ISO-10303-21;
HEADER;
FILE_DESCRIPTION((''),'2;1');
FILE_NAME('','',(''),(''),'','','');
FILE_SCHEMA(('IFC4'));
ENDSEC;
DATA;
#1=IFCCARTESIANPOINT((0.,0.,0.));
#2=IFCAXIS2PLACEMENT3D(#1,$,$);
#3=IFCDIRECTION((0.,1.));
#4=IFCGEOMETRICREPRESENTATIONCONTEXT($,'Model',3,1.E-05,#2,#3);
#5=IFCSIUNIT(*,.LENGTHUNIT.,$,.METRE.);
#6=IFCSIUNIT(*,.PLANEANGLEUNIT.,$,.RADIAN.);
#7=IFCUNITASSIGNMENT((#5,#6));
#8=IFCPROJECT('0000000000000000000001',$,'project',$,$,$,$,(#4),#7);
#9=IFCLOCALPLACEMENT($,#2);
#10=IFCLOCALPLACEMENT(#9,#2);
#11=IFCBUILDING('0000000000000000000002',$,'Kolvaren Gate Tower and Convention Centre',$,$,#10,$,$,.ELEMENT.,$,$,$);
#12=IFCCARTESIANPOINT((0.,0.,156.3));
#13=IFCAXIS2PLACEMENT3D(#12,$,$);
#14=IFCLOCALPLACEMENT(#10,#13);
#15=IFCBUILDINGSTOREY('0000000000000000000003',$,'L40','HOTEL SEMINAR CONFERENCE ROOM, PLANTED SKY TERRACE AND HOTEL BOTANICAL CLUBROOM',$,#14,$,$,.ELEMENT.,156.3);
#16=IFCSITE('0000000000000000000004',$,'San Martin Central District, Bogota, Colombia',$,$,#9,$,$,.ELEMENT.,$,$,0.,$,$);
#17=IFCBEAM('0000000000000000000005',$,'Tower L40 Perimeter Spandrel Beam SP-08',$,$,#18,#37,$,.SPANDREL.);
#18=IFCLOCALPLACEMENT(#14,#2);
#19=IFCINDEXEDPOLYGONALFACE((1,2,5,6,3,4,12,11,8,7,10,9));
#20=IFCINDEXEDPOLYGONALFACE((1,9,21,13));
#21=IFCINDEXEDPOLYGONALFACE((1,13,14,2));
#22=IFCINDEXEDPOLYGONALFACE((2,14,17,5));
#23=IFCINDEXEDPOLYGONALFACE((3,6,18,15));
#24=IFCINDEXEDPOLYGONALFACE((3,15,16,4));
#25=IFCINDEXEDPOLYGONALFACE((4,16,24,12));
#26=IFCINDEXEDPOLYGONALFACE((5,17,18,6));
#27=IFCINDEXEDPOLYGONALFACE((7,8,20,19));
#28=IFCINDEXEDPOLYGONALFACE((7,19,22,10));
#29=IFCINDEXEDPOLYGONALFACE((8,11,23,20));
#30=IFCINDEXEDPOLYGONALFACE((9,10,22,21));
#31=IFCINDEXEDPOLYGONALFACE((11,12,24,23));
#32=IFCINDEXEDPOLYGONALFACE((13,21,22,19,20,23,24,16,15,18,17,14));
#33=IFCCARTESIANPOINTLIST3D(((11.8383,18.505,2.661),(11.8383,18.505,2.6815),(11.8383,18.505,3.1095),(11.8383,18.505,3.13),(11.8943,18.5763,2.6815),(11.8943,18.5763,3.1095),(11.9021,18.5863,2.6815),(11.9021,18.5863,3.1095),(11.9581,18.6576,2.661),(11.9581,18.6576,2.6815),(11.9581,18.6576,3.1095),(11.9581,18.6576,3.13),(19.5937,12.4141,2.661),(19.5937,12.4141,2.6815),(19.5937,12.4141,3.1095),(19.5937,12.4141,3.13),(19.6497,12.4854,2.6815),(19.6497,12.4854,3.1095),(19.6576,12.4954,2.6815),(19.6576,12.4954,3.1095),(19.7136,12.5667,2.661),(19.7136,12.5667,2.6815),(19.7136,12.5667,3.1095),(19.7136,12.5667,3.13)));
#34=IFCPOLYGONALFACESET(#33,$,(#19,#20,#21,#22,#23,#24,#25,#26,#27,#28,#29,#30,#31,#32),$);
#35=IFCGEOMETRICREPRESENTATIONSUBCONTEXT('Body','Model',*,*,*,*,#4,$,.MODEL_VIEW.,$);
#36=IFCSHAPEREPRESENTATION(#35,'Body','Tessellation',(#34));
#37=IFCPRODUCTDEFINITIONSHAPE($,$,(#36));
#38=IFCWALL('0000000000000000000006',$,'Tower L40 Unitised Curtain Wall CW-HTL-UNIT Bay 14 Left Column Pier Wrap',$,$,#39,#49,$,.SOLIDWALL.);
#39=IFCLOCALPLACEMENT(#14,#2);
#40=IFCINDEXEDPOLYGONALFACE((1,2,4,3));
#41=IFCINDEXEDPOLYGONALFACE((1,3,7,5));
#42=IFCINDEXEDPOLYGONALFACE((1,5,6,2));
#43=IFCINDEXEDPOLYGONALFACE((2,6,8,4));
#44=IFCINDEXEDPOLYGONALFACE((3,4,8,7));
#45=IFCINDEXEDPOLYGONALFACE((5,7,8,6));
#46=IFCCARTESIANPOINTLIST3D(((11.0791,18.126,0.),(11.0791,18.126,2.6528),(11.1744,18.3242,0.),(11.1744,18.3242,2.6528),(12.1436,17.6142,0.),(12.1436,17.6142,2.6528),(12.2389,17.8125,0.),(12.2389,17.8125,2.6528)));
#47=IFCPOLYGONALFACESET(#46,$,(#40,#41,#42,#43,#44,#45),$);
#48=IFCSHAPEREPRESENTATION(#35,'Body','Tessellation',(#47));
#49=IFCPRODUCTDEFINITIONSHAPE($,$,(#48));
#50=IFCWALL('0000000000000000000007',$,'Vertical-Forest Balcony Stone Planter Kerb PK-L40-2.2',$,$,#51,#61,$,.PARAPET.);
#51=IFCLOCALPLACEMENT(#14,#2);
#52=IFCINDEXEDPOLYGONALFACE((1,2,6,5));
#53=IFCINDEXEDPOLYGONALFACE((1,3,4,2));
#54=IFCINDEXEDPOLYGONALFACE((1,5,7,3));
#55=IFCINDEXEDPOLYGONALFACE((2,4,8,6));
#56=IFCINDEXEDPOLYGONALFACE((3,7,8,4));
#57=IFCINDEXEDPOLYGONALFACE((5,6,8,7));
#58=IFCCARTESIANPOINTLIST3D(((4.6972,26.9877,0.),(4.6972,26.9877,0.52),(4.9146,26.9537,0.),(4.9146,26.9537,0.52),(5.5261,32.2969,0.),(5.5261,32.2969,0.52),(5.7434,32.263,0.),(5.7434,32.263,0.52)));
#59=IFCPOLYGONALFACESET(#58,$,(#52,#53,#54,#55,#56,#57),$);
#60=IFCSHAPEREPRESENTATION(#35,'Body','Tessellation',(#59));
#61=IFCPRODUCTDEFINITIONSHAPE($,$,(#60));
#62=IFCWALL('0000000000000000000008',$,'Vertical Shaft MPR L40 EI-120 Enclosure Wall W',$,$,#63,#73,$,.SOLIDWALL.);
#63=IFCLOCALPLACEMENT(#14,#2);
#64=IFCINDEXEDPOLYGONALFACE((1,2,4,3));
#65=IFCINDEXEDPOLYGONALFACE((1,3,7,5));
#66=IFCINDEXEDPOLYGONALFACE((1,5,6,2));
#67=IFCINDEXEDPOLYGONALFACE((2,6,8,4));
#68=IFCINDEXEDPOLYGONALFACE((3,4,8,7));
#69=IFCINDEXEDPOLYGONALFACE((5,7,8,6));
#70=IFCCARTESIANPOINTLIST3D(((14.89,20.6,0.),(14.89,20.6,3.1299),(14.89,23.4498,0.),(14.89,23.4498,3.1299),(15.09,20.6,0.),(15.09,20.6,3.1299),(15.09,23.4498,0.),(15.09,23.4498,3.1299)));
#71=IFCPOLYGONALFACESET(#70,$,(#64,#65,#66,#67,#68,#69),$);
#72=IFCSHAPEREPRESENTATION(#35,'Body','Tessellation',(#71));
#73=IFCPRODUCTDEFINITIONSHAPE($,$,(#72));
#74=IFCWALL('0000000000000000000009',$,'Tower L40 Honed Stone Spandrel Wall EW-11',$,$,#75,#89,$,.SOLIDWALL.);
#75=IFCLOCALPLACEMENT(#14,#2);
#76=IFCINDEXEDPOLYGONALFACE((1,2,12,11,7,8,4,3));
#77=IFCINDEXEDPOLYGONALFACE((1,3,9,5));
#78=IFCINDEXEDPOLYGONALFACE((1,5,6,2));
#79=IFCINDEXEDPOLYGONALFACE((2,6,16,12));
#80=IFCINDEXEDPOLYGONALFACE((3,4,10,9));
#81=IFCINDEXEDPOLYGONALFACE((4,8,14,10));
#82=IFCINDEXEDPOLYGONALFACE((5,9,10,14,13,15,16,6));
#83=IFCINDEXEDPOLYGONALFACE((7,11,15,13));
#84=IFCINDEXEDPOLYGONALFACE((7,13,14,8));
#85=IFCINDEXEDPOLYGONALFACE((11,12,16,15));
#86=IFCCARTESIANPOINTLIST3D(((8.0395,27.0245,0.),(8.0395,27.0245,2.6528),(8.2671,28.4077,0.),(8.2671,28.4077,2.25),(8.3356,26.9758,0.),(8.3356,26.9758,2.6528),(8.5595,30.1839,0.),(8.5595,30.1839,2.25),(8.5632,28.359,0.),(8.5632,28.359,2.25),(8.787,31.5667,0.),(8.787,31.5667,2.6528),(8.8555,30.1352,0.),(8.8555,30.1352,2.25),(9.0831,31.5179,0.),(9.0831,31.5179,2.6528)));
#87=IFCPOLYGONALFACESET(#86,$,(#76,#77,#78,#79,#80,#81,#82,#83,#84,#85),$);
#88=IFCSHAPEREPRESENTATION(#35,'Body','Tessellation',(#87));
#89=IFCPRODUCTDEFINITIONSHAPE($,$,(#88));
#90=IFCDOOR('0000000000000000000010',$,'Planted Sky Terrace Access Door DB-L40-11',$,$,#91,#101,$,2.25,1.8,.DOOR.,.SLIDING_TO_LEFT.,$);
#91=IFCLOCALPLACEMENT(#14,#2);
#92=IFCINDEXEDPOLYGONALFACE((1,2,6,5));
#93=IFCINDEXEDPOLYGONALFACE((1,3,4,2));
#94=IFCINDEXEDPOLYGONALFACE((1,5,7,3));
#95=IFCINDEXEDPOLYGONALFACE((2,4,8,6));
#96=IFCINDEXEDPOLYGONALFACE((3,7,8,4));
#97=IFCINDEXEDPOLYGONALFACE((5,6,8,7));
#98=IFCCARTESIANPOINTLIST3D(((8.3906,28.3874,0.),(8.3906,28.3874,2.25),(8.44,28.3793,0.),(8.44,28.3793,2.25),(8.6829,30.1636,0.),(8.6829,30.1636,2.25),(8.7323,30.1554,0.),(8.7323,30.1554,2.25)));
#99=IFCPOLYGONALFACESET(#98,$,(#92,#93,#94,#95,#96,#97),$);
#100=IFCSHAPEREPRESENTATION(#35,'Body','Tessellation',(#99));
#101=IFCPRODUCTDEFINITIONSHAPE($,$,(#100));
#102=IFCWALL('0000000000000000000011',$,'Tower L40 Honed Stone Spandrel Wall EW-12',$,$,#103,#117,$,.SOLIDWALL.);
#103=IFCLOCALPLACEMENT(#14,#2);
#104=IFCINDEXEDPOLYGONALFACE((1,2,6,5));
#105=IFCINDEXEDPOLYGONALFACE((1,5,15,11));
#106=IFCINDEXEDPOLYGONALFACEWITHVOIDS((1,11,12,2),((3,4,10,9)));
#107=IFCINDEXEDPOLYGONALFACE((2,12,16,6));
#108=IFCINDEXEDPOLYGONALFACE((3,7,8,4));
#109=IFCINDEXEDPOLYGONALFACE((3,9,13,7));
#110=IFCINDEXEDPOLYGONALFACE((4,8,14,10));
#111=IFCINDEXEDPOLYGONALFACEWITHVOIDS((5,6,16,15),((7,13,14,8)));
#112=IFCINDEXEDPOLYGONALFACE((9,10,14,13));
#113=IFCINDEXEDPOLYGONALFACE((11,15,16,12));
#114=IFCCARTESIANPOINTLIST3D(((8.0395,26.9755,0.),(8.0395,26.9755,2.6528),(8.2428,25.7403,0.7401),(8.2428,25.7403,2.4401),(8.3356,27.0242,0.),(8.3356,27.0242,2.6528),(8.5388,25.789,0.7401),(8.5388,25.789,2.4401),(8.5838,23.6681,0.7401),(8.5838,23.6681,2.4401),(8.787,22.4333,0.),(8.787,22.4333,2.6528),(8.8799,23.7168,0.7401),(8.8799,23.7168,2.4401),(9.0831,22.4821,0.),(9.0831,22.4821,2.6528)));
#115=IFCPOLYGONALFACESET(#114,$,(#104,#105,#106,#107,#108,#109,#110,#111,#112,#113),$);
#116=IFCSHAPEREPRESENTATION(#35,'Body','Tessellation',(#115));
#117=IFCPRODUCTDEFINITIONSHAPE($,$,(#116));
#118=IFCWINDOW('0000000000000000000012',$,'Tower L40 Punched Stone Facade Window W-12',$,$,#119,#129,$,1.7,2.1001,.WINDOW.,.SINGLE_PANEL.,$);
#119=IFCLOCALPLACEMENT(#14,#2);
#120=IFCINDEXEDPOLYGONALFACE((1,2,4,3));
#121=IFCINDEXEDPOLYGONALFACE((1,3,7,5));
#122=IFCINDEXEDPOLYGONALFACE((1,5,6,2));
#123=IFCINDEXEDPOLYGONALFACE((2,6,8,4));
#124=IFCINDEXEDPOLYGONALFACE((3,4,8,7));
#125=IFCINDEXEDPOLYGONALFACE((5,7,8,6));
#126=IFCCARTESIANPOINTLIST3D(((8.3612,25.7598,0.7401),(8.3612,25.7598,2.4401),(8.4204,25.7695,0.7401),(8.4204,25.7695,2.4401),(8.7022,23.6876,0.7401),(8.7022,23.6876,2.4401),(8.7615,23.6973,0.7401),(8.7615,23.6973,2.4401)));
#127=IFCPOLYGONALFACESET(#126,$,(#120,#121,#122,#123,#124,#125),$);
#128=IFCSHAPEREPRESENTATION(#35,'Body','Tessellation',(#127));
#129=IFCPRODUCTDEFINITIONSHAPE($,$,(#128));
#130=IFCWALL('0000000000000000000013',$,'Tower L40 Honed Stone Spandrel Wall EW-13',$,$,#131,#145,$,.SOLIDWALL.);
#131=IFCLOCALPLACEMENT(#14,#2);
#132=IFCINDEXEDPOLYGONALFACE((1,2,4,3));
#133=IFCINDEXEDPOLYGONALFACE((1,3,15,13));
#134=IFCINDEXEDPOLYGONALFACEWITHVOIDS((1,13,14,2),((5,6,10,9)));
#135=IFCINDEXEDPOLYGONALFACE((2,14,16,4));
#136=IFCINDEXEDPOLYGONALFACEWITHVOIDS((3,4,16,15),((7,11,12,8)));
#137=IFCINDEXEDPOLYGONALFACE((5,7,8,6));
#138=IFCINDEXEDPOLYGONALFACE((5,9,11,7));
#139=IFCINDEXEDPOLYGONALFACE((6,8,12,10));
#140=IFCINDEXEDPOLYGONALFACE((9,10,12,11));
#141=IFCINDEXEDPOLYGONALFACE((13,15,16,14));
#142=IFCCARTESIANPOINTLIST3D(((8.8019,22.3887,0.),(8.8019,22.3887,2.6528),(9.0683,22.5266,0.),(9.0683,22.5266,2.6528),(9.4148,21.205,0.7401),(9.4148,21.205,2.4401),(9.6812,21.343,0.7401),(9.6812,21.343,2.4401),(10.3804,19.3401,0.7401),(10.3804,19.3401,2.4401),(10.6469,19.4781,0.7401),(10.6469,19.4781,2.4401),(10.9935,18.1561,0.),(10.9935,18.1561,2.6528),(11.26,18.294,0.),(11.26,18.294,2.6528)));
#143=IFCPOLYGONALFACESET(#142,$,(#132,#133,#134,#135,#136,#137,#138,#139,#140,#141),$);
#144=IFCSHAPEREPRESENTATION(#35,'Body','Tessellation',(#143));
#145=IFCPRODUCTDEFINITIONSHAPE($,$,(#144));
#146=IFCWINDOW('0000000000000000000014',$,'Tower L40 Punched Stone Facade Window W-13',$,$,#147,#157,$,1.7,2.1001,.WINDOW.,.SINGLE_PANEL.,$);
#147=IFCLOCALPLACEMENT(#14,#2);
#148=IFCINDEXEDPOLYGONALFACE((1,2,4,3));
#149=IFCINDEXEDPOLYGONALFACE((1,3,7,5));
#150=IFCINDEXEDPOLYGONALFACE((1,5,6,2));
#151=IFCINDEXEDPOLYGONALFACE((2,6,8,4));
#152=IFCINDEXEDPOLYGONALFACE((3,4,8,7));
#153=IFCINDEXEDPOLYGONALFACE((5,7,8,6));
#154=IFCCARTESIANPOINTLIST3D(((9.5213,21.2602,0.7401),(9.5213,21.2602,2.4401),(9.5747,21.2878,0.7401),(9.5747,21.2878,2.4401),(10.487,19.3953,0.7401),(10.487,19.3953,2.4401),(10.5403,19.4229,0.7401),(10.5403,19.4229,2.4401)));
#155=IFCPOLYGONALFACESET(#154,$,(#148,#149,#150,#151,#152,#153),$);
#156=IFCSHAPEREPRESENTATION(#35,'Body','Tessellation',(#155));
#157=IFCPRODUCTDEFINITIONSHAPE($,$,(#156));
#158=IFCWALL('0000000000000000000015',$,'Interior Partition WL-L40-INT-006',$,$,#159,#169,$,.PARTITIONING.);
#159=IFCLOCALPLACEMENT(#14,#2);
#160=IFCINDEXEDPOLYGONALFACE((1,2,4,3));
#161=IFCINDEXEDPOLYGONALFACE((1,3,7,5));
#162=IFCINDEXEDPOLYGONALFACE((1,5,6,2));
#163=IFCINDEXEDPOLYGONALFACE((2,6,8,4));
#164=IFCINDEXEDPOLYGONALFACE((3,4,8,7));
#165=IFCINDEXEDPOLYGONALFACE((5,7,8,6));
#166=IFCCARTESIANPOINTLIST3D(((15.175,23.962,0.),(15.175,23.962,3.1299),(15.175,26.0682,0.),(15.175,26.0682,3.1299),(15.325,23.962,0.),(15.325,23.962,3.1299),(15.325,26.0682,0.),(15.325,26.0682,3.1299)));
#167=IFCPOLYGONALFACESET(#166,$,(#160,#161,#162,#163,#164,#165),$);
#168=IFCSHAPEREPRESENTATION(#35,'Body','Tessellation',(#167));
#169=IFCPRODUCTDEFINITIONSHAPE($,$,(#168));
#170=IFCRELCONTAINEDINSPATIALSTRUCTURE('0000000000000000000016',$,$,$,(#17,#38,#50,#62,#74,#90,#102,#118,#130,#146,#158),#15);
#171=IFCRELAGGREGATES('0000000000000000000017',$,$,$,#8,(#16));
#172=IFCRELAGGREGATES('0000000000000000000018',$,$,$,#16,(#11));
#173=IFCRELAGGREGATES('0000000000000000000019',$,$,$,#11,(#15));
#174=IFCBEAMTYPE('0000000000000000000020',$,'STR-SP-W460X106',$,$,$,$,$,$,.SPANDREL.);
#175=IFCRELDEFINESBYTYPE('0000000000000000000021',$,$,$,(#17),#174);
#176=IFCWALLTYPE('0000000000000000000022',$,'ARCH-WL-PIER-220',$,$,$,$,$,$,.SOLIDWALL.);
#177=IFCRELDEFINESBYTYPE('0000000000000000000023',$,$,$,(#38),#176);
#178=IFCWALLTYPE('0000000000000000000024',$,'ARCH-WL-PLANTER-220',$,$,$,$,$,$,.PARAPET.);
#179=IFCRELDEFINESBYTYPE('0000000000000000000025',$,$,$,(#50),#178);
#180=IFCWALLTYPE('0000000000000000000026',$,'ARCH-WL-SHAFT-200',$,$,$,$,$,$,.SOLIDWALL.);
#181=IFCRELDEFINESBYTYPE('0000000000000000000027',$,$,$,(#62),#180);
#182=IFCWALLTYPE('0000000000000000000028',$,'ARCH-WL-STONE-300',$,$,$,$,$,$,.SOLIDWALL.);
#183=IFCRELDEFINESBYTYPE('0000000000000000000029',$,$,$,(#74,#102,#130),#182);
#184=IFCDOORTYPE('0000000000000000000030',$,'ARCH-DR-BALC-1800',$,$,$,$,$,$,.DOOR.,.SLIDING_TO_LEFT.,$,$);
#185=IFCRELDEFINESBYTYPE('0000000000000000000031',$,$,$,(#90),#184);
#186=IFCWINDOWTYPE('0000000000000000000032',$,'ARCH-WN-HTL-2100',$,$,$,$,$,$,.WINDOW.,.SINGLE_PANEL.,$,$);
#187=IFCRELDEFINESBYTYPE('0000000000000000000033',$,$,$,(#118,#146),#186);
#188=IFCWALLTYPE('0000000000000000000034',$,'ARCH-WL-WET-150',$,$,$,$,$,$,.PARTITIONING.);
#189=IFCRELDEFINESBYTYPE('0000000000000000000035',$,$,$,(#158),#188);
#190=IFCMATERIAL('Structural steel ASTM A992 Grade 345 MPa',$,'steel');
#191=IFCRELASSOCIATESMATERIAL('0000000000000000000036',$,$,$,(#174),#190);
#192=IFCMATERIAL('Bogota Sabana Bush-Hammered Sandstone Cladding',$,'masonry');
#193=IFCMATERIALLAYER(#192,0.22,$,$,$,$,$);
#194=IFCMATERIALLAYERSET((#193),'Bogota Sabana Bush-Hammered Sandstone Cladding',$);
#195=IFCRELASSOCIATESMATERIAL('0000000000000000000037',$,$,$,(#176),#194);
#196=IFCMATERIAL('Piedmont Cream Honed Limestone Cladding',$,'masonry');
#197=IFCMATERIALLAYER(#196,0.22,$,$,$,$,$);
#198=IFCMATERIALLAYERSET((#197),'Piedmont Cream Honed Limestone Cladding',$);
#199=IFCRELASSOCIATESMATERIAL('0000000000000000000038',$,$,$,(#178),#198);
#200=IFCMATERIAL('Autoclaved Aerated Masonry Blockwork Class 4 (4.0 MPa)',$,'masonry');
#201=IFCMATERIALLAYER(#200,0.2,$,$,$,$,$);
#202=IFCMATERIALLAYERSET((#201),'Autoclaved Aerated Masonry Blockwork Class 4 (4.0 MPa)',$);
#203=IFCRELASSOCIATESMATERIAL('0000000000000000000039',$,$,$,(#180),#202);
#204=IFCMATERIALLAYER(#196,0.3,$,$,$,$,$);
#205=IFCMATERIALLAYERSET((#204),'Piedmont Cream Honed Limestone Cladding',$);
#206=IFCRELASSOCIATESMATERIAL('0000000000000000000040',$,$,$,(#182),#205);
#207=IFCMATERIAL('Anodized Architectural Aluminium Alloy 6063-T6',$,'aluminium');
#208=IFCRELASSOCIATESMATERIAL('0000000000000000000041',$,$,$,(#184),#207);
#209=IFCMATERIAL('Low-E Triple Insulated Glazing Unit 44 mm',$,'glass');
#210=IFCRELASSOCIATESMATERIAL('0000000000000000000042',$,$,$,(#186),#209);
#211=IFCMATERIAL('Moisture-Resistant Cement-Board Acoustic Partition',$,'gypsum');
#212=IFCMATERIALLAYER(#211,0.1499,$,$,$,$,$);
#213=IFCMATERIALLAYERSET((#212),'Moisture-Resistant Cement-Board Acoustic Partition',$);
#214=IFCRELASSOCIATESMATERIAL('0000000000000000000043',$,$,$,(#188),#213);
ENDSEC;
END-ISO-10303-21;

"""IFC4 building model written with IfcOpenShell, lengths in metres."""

from ifc_helpers import new_model, si_unit, direction, frame, frame_2d, origin, origin_2d, place, context, subcontext, project, spatial, rectangle, i_section, extrude, material, layer, layer_set, material_profile, profile_set, type_object, element, fill, save


model = new_model("IFC4")

# Units and contexts
model_context = context("Model", 3, precision=1e-05, world=origin(), true_north=direction((0.0, 1.0)))
body_context = subcontext(model_context, "Body", "Model", "MODEL_VIEW")
ifc_project = project(units=[si_unit("LENGTHUNIT", "METRE"), si_unit("PLANEANGLEUNIT", "RADIAN")], contexts=[model_context])

# Site, building, storey
site_placement = place(None, origin())
site = spatial("IfcSite", under=ifc_project, at=site_placement, Name="San Martin Central District, Bogota, Colombia", CompositionType="ELEMENT", RefElevation=0.0)
building_placement = place(site_placement, origin())
building = spatial("IfcBuilding", under=site, at=building_placement, Name="Kolvaren Gate Tower and Convention Centre", CompositionType="ELEMENT")
storey_placement = place(building_placement, frame((0.0, 0.0, 156.3)))
storey = spatial("IfcBuildingStorey", under=building, at=storey_placement, Name="L40", Description="HOTEL SEMINAR CONFERENCE ROOM, PLANTED SKY TERRACE AND HOTEL BOTANICAL CLUBROOM", CompositionType="ELEMENT", Elevation=156.3)

# Shared definitions
ifc_material_1 = material(Name="Anodized Architectural Aluminium Alloy 6063-T6", Category="aluminium")

# Beam
ifc_material_2 = material(Name="Structural steel ASTM A992 Grade 345 MPa", Category="steel")
ifc_material_profile_1 = material_profile(ifc_material_2, i_section(OverallWidth=0.1941, OverallDepth=0.469, WebThickness=0.0127, FlangeThickness=0.0205, at=origin_2d()), Name="W460X106")
ifc_profile_set_1 = profile_set([ifc_material_profile_1], Name="Structural steel ASTM A992 Grade 345 MPa")
beam_type_1 = type_object("IfcBeamType", Name="STR-SP-W460X106", PredefinedType="SPANDREL", material=ifc_profile_set_1)
beam_1_placement = place(storey_placement, frame((11.8982, 18.5813, 2.8955), z_axis=(0.786451, -0.617653, 0.0), x_axis=(0.617653, 0.786451, 0.0)))
element("IfcBeam", 1, at=beam_1_placement, inside=storey, type_object=beam_type_1, Name="Tower L40 Perimeter Spandrel Beam SP-08", PredefinedType="SPANDREL", context=body_context, shape_type="SweptSolid", body=[
    extrude(i_section(OverallWidth=0.1941, OverallDepth=0.469, WebThickness=0.0127, FlangeThickness=0.0205, at=origin_2d()), origin(), (0.0, 0.0, 1.0), 9.8613),
])

# Walls
ifc_material_3 = material(Name="Bogota Sabana Bush-Hammered Sandstone Cladding", Category="masonry")
ifc_layer_1 = layer(ifc_material_3, 0.22)
ifc_layer_set_1 = layer_set([ifc_layer_1], Name="Bogota Sabana Bush-Hammered Sandstone Cladding")
wall_type_1 = type_object("IfcWallType", Name="ARCH-WL-PIER-220", PredefinedType="SOLIDWALL", material=ifc_layer_set_1)
wall_1_placement = place(storey_placement, frame((11.1267, 18.2251, 0.0), z_axis=(0.0, 0.0, 1.0), x_axis=(0.901265, -0.433269, 0.0)))
element("IfcWall", 2, at=wall_1_placement, inside=storey, type_object=wall_type_1, Name="Tower L40 Unitised Curtain Wall CW-HTL-UNIT Bay 14 Left Column Pier Wrap", PredefinedType="SOLIDWALL", context=body_context, shape_type="SweptSolid", body=[
    extrude(rectangle(XDim=1.1812, YDim=0.22, at=frame_2d((0.5906, 0.0))), origin(), (0.0, 0.0, 1.0), 2.6528),
])
ifc_material_4 = material(Name="Piedmont Cream Honed Limestone Cladding", Category="masonry")
ifc_layer_2 = layer(ifc_material_4, 0.22)
ifc_layer_set_2 = layer_set([ifc_layer_2], Name="Piedmont Cream Honed Limestone Cladding")
wall_type_2 = type_object("IfcWallType", Name="ARCH-WL-PLANTER-220", PredefinedType="PARAPET", material=ifc_layer_set_2)
wall_2_placement = place(storey_placement, frame((4.8059, 26.9707, 0.0), z_axis=(0.0, 0.0, 1.0), x_axis=(0.154245, 0.988033, 0.0)))
element("IfcWall", 3, at=wall_2_placement, inside=storey, type_object=wall_type_2, Name="Vertical-Forest Balcony Stone Planter Kerb PK-L40-2.2", PredefinedType="PARAPET", context=body_context, shape_type="SweptSolid", body=[
    extrude(rectangle(XDim=5.3735, YDim=0.22, at=frame_2d((2.6868, 0.0))), origin(), (0.0, 0.0, 1.0), 0.52),
])
ifc_material_5 = material(Name="Autoclaved Aerated Masonry Blockwork Class 4 (4.0 MPa)", Category="masonry")
ifc_layer_3 = layer(ifc_material_5, 0.2)
ifc_layer_set_3 = layer_set([ifc_layer_3], Name="Autoclaved Aerated Masonry Blockwork Class 4 (4.0 MPa)")
wall_type_3 = type_object("IfcWallType", Name="ARCH-WL-SHAFT-200", PredefinedType="SOLIDWALL", material=ifc_layer_set_3)
wall_3_placement = place(storey_placement, frame((14.99, 20.6001, 0.0), z_axis=(0.0, 0.0, 1.0), x_axis=(0.0, 1.0, 0.0)))
element("IfcWall", 4, at=wall_3_placement, inside=storey, type_object=wall_type_3, Name="Vertical Shaft MPR L40 EI-120 Enclosure Wall W", PredefinedType="SOLIDWALL", context=body_context, shape_type="SweptSolid", body=[
    extrude(rectangle(XDim=2.8499, YDim=0.2, at=frame_2d((1.4248, 0.0))), origin(), (0.0, 0.0, 1.0), 3.1299),
])

# Wall, opening, door
ifc_layer_4 = layer(ifc_material_4, 0.3)
ifc_layer_set_4 = layer_set([ifc_layer_4], Name="Piedmont Cream Honed Limestone Cladding")
wall_type_4 = type_object("IfcWallType", Name="ARCH-WL-STONE-300", PredefinedType="SOLIDWALL", material=ifc_layer_set_4)
wall_4_placement = place(storey_placement, frame((8.1875, 27.0, 0.0), z_axis=(0.0, 0.0, 1.0), x_axis=(0.162395, 0.986726, 0.0)))
wall_4 = element("IfcWall", 5, at=wall_4_placement, inside=storey, type_object=wall_type_4, Name="Tower L40 Honed Stone Spandrel Wall EW-11", PredefinedType="SOLIDWALL", context=body_context, shape_type="SweptSolid", body=[
    extrude(rectangle(XDim=4.6033, YDim=0.3, at=frame_2d((2.3018, 0.0))), origin(), (0.0, 0.0, 1.0), 2.6528),
])
opening_1_placement = place(wall_4_placement, frame((1.4021, 0.0, 0.0)))
opening_1 = element("IfcOpeningElement", 6, at=opening_1_placement, cuts=wall_4, PredefinedType="OPENING", context=body_context, shape_type="SweptSolid", body=[
    extrude(rectangle(XDim=1.8, YDim=2.25, at=frame_2d((0.8999, 1.125))), frame((0.0, 0.1599, 0.0), z_axis=(0.0, -1.0, 0.0), x_axis=(1.0, 0.0, 0.0)), (0.0, 0.0, 1.0), 0.3201),
])
door_type = type_object("IfcDoorType", Name="ARCH-DR-BALC-1800", OperationType="SLIDING_TO_LEFT", PredefinedType="DOOR", material=ifc_material_1)
door_placement = place(opening_1_placement, origin())
door = element("IfcDoor", 7, at=door_placement, inside=storey, type_object=door_type, Name="Planted Sky Terrace Access Door DB-L40-11", OperationType="SLIDING_TO_LEFT", OverallHeight=2.25, OverallWidth=1.8, PredefinedType="DOOR", context=body_context, shape_type="SweptSolid", body=[
    extrude(rectangle(XDim=1.8, YDim=2.25, at=frame_2d((0.8999, 1.125))), frame((0.0, 0.0249, 0.0), z_axis=(0.0, -1.0, 0.0), x_axis=(1.0, 0.0, 0.0)), (0.0, 0.0, 1.0), 0.05),
])
fill(opening_1, door)

# Walls, openings, windows
wall_5_placement = place(storey_placement, frame((8.1875, 27.0, 0.0), z_axis=(0.0, 0.0, 1.0), x_axis=(0.162395, -0.986726, 0.0)))
wall_5 = element("IfcWall", 8, at=wall_5_placement, inside=storey, type_object=wall_type_4, Name="Tower L40 Honed Stone Spandrel Wall EW-12", PredefinedType="SOLIDWALL", context=body_context, shape_type="SweptSolid", body=[
    extrude(rectangle(XDim=4.6033, YDim=0.3, at=frame_2d((2.3018, 0.0))), origin(), (0.0, 0.0, 1.0), 2.6528),
])
opening_2_placement = place(wall_5_placement, frame((1.252, 0.0, 0.74)))
opening_2 = element("IfcOpeningElement", 9, at=opening_2_placement, cuts=wall_5, PredefinedType="OPENING", context=body_context, shape_type="SweptSolid", body=[
    extrude(rectangle(XDim=2.1001, YDim=1.7, at=frame_2d((1.05, 0.8501))), frame((0.0, 0.1599, 0.0), z_axis=(0.0, -1.0, 0.0), x_axis=(1.0, 0.0, 0.0)), (0.0, 0.0, 1.0), 0.3201),
])
ifc_material_6 = material(Name="Low-E Triple Insulated Glazing Unit 44 mm", Category="glass")
window_type = type_object("IfcWindowType", Name="ARCH-WN-HTL-2100", PartitioningType="SINGLE_PANEL", PredefinedType="WINDOW", material=ifc_material_6)
window_1_placement = place(opening_2_placement, origin())
window_1 = element("IfcWindow", 10, at=window_1_placement, inside=storey, type_object=window_type, Name="Tower L40 Punched Stone Facade Window W-12", OverallHeight=1.7, OverallWidth=2.1001, PartitioningType="SINGLE_PANEL", PredefinedType="WINDOW", context=body_context, shape_type="SweptSolid", body=[
    extrude(rectangle(XDim=2.1001, YDim=1.7, at=frame_2d((1.05, 0.8501))), frame((0.0, 0.03, 0.0), z_axis=(0.0, -1.0, 0.0), x_axis=(1.0, 0.0, 0.0)), (0.0, 0.0, 1.0), 0.0601),
])
fill(opening_2, window_1)
wall_6_placement = place(storey_placement, frame((8.9351, 22.4578, 0.0), z_axis=(0.0, 0.0, 1.0), x_axis=(0.45981, -0.888017, 0.0)))
wall_6 = element("IfcWall", 11, at=wall_6_placement, inside=storey, type_object=wall_type_4, Name="Tower L40 Honed Stone Spandrel Wall EW-13", PredefinedType="SOLIDWALL", context=body_context, shape_type="SweptSolid", body=[
    extrude(rectangle(XDim=4.7664, YDim=0.3, at=frame_2d((2.3833, 0.0))), origin(), (0.0, 0.0, 1.0), 2.6528),
])
opening_3_placement = place(wall_6_placement, frame((1.333, 0.0, 0.74)))
opening_3 = element("IfcOpeningElement", 12, at=opening_3_placement, cuts=wall_6, PredefinedType="OPENING", context=body_context, shape_type="SweptSolid", body=[
    extrude(rectangle(XDim=2.1001, YDim=1.7, at=frame_2d((1.05, 0.8501))), frame((0.0, 0.1599, 0.0), z_axis=(0.0, -1.0, 0.0), x_axis=(1.0, 0.0, 0.0)), (0.0, 0.0, 1.0), 0.3201),
])
window_2_placement = place(opening_3_placement, origin())
window_2 = element("IfcWindow", 13, at=window_2_placement, inside=storey, type_object=window_type, Name="Tower L40 Punched Stone Facade Window W-13", OverallHeight=1.7, OverallWidth=2.1001, PartitioningType="SINGLE_PANEL", PredefinedType="WINDOW", context=body_context, shape_type="SweptSolid", body=[
    extrude(rectangle(XDim=2.1001, YDim=1.7, at=frame_2d((1.05, 0.8501))), frame((0.0, 0.03, 0.0), z_axis=(0.0, -1.0, 0.0), x_axis=(1.0, 0.0, 0.0)), (0.0, 0.0, 1.0), 0.0601),
])
fill(opening_3, window_2)

# Wall
ifc_material_7 = material(Name="Moisture-Resistant Cement-Board Acoustic Partition", Category="gypsum")
ifc_layer_5 = layer(ifc_material_7, 0.1499)
ifc_layer_set_5 = layer_set([ifc_layer_5], Name="Moisture-Resistant Cement-Board Acoustic Partition")
wall_type_5 = type_object("IfcWallType", Name="ARCH-WL-WET-150", PredefinedType="PARTITIONING", material=ifc_layer_set_5)
wall_7_placement = place(storey_placement, frame((15.25, 23.9619, 0.0), z_axis=(0.0, 0.0, 1.0), x_axis=(0.0, 1.0, 0.0)))
element("IfcWall", 14, at=wall_7_placement, inside=storey, type_object=wall_type_5, Name="Interior Partition WL-L40-INT-006", PredefinedType="PARTITIONING", context=body_context, shape_type="SweptSolid", body=[
    extrude(rectangle(XDim=2.1062, YDim=0.1499, at=frame_2d((1.0532, 0.0))), origin(), (0.0, 0.0, 1.0), 3.1299),
])

save(model, "model.ifc")
